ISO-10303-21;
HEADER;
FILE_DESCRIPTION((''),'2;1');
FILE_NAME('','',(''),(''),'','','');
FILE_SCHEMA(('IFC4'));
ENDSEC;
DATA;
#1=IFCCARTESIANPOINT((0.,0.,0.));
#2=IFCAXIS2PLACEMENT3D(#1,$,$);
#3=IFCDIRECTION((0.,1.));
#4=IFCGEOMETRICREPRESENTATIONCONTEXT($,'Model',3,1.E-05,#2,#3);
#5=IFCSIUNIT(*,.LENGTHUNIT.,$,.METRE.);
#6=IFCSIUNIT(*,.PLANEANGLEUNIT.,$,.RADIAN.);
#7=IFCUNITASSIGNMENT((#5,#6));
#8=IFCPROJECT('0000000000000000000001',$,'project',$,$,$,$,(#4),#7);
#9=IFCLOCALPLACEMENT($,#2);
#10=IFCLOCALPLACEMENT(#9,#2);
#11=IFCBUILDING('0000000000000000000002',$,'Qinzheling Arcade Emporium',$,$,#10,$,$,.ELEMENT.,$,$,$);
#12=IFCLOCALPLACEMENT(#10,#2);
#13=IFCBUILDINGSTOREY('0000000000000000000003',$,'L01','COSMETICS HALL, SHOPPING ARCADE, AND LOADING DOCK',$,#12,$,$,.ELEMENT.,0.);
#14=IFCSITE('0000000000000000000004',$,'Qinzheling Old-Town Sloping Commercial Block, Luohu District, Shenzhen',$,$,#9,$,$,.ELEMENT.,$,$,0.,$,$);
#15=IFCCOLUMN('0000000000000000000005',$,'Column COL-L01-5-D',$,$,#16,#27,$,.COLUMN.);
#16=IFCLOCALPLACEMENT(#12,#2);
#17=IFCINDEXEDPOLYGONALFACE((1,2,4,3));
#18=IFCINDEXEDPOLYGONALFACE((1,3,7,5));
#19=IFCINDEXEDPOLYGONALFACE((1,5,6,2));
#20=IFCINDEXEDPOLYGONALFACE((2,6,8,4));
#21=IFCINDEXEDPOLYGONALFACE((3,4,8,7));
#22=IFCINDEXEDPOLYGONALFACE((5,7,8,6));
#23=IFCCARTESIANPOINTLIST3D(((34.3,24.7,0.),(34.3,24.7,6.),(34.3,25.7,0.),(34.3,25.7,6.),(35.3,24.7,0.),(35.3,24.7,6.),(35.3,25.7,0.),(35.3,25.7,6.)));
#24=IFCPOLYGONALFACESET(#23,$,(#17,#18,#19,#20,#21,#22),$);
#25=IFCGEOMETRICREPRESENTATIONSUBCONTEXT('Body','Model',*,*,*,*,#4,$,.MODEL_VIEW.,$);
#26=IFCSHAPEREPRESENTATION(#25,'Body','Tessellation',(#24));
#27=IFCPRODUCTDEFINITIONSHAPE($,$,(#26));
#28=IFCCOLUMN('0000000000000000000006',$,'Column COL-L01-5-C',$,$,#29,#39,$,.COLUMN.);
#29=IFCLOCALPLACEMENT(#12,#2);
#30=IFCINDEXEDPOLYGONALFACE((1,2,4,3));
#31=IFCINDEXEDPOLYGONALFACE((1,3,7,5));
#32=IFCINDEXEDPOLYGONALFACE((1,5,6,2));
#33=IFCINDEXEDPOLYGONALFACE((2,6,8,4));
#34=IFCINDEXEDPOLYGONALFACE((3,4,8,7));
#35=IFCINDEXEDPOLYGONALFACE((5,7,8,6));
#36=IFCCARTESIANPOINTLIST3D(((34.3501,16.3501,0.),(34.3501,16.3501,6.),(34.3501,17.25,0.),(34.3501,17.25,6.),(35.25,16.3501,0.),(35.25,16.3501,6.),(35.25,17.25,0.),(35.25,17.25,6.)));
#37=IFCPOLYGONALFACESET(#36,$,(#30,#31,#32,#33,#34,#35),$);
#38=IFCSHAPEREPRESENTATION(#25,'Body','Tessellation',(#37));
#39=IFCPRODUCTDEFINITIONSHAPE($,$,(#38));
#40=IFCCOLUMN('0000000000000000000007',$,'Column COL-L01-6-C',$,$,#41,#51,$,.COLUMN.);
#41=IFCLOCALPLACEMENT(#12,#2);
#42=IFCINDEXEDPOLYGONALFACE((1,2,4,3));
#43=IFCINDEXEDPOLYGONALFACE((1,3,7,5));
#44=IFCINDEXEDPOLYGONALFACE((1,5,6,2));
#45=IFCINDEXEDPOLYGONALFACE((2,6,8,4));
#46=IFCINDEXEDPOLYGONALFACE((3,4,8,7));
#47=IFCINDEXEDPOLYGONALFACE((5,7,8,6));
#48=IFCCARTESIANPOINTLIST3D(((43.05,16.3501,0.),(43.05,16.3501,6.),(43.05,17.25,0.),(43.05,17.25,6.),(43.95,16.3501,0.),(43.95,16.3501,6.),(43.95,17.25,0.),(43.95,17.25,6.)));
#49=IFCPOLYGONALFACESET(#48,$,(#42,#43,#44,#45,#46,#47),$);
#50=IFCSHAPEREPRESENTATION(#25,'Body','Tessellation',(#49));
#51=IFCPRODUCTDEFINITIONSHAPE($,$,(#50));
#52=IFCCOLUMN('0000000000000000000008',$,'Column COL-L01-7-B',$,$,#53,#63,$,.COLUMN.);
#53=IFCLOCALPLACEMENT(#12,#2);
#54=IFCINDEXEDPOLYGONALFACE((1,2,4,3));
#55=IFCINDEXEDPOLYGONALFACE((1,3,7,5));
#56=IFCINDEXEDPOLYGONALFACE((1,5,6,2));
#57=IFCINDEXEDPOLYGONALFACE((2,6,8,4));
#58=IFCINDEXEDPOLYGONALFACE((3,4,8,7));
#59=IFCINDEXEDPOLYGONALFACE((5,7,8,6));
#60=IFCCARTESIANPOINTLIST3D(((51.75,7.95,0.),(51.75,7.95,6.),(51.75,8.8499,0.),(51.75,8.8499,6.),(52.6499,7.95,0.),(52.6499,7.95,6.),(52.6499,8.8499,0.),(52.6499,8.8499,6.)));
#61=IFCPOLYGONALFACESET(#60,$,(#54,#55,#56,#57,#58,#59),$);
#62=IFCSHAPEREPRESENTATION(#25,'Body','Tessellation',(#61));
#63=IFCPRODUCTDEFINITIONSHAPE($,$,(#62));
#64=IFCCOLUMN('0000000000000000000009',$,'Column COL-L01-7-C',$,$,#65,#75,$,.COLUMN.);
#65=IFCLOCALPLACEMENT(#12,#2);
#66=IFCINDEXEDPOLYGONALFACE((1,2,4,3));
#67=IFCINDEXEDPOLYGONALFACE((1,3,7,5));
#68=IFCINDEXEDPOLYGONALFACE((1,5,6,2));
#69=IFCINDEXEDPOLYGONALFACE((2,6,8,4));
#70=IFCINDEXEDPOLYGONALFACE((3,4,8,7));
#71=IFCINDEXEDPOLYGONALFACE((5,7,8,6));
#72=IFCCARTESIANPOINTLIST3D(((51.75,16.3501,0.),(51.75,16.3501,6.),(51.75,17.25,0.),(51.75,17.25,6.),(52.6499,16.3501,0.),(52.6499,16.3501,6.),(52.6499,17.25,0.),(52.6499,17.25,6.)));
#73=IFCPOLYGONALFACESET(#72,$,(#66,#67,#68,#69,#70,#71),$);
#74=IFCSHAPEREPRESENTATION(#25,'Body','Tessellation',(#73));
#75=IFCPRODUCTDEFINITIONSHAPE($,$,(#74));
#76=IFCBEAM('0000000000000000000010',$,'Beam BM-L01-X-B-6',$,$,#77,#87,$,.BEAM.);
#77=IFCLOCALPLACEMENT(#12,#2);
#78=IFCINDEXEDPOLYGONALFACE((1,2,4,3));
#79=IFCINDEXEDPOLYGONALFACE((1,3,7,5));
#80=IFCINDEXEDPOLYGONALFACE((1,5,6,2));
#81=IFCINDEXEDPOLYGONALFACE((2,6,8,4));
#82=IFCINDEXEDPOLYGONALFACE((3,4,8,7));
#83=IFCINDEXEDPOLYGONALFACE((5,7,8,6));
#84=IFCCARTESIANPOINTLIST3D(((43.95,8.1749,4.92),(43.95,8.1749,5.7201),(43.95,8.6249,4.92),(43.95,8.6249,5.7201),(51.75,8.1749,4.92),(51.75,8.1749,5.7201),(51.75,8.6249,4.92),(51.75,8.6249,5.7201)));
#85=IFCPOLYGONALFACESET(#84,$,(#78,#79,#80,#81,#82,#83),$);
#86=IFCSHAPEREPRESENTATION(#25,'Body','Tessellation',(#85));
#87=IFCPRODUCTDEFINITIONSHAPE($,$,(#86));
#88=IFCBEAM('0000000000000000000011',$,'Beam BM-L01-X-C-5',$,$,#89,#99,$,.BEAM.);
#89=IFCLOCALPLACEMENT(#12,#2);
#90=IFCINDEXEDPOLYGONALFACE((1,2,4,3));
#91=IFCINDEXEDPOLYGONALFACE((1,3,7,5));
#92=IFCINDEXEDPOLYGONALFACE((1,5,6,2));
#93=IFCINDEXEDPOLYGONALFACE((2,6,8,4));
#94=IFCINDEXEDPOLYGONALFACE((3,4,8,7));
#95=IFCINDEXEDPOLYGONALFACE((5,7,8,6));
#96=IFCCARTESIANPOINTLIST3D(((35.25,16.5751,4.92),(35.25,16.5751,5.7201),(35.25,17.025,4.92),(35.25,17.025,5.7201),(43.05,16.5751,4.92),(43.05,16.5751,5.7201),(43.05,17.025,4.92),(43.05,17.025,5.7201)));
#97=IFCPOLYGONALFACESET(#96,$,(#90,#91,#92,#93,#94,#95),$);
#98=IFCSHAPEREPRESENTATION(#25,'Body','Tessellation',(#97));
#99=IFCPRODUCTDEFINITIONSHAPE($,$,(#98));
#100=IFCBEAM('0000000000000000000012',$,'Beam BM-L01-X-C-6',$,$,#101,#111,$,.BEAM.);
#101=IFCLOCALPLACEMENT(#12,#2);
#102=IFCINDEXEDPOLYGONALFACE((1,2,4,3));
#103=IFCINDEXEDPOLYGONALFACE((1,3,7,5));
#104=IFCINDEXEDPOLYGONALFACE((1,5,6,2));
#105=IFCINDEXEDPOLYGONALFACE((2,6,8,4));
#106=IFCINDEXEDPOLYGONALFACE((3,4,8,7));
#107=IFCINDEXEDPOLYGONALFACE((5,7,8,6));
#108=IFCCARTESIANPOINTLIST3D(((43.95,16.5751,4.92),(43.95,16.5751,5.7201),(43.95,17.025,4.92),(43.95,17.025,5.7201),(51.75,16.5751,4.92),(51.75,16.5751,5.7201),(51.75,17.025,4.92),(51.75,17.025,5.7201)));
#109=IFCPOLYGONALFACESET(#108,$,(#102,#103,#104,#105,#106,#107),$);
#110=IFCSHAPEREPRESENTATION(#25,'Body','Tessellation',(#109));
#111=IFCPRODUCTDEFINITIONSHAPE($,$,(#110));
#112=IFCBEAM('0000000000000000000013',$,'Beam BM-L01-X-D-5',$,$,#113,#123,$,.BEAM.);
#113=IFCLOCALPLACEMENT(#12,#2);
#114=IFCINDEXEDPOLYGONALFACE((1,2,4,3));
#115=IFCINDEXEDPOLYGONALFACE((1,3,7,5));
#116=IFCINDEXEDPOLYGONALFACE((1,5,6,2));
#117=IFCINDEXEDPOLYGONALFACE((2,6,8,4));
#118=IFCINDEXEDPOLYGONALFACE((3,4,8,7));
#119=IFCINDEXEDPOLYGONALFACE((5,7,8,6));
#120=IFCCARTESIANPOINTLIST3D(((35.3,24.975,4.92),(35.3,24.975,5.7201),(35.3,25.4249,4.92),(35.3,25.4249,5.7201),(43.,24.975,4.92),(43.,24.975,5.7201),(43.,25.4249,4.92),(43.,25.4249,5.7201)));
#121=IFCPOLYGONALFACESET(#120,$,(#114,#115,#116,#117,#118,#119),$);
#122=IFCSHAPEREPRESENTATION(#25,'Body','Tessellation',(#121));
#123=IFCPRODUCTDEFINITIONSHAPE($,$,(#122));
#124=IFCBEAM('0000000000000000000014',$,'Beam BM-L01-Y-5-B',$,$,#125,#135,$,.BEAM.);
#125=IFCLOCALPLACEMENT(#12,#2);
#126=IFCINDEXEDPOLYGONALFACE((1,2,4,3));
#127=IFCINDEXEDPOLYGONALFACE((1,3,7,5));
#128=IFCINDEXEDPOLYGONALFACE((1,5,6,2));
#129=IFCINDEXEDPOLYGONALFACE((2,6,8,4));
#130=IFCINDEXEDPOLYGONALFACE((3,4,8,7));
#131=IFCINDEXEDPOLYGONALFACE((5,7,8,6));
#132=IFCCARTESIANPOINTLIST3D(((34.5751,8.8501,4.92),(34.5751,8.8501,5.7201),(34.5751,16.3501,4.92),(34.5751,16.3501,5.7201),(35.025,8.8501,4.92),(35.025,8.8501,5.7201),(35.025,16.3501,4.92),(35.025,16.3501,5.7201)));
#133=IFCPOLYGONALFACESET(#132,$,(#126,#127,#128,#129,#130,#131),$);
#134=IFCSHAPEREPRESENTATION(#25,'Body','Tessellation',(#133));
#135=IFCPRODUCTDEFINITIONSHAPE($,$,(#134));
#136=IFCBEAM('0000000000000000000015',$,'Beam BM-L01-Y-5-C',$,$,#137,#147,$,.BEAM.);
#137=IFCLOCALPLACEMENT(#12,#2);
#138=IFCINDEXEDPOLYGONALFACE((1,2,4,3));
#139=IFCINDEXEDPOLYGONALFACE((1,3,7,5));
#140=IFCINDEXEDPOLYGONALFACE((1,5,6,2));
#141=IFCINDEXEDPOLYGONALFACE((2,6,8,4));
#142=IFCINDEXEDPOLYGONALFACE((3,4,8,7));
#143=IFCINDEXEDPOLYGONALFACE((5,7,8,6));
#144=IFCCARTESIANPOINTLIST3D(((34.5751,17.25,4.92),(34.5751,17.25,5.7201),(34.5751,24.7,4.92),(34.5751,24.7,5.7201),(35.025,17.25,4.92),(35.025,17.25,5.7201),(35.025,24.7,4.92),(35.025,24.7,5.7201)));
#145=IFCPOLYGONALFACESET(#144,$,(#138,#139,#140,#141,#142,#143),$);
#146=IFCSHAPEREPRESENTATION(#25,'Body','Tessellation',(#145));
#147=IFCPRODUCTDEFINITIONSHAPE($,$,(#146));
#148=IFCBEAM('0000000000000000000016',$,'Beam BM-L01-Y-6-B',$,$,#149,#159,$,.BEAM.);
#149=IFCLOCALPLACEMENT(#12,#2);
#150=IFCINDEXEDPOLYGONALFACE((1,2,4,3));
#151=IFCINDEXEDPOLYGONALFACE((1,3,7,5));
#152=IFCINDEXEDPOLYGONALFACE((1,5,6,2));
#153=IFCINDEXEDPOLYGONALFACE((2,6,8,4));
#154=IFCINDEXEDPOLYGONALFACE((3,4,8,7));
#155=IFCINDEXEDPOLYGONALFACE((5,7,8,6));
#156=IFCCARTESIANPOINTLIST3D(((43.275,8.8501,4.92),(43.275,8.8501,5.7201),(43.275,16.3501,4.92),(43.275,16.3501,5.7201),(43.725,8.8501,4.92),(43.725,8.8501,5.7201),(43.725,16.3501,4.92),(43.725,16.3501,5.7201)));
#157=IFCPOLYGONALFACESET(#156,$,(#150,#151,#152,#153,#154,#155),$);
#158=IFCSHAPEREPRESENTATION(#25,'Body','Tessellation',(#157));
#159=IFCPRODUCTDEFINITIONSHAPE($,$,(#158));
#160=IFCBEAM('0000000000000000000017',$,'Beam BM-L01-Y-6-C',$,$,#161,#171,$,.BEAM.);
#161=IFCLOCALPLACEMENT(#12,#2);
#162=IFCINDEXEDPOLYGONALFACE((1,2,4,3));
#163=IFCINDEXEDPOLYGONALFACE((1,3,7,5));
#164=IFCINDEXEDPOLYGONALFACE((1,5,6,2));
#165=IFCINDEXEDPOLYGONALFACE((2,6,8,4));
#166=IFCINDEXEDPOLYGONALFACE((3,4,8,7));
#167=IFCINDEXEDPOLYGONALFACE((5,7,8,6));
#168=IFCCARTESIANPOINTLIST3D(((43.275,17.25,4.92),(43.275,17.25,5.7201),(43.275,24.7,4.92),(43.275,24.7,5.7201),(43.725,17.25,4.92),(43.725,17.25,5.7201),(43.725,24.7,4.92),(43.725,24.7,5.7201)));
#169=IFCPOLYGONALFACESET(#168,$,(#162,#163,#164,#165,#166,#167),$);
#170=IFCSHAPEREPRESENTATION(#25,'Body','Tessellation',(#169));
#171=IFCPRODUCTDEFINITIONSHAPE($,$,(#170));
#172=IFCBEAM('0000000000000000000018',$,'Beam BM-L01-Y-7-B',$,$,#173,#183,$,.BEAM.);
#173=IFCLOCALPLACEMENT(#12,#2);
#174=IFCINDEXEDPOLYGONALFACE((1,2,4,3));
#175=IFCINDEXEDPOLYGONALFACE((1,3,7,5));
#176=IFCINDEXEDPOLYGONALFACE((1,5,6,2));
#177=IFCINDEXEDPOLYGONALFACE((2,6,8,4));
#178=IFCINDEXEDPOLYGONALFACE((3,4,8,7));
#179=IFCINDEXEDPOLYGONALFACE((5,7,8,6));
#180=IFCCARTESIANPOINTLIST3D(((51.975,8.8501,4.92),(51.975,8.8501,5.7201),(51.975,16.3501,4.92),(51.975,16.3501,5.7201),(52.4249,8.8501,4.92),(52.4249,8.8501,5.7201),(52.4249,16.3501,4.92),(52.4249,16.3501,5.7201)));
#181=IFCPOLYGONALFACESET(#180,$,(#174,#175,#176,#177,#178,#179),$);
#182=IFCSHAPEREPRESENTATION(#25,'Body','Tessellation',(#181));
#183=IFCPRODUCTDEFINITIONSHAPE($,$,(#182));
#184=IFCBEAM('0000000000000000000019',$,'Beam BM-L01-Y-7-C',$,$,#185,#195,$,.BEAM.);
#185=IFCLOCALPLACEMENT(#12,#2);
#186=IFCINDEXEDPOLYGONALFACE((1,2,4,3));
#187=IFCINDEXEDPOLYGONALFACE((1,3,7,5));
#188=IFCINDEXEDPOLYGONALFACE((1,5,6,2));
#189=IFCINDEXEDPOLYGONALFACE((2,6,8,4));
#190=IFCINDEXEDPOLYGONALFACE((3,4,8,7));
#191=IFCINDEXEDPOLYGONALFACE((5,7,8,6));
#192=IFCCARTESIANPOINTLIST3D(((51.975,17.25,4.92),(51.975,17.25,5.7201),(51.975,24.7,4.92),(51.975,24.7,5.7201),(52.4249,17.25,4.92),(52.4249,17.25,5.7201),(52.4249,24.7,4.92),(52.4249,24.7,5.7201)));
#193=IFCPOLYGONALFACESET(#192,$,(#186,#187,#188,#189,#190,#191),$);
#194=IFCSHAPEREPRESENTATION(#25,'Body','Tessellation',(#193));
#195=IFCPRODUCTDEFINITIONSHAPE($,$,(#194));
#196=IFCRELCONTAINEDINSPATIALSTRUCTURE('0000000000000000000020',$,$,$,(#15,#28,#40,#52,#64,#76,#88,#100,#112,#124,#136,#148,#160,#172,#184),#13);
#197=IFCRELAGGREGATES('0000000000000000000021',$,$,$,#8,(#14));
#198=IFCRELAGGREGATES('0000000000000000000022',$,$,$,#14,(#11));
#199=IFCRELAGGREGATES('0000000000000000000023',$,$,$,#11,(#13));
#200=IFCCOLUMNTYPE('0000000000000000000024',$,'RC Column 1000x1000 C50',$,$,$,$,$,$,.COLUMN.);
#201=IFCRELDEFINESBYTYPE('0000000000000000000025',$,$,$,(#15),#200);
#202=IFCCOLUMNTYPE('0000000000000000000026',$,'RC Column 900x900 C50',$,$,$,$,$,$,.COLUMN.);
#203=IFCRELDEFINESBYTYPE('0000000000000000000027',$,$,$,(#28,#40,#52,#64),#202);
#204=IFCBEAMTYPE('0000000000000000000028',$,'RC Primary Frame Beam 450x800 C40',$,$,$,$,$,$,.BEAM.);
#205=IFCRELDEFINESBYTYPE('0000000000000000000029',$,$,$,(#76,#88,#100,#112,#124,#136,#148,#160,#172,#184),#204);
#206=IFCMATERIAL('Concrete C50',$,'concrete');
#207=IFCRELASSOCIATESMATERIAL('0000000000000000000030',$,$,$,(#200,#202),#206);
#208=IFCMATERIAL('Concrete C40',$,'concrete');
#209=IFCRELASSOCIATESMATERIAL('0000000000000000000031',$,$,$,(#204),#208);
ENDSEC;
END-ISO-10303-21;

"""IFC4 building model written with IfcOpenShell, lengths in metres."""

from ifc_helpers import new_model, si_unit, direction, frame, origin, origin_2d, place, context, subcontext, project, spatial, rectangle, extrude, material, material_profile, profile_set, type_object, element, save


model = new_model("IFC4")

# Units and contexts
model_context = context("Model", 3, precision=1e-05, world=origin(), true_north=direction((0.0, 1.0)))
body_context = subcontext(model_context, "Body", "Model", "MODEL_VIEW")
ifc_project = project(units=[si_unit("LENGTHUNIT", "METRE"), si_unit("PLANEANGLEUNIT", "RADIAN")], contexts=[model_context])

# Site, building, storey
site_placement = place(None, origin())
site = spatial("IfcSite", under=ifc_project, at=site_placement, Name="Qinzheling Old-Town Sloping Commercial Block, Luohu District, Shenzhen", CompositionType="ELEMENT", RefElevation=0.0)
building_placement = place(site_placement, origin())
building = spatial("IfcBuilding", under=site, at=building_placement, Name="Qinzheling Arcade Emporium", CompositionType="ELEMENT")
storey_placement = place(building_placement, origin())
storey = spatial("IfcBuildingStorey", under=building, at=storey_placement, Name="L01", Description="COSMETICS HALL, SHOPPING ARCADE, AND LOADING DOCK", CompositionType="ELEMENT", Elevation=0.0)

# Columns
ifc_material_1 = material(Name="Concrete C50", Category="concrete")
ifc_material_profile_1 = material_profile(ifc_material_1, rectangle(XDim=1.0, YDim=1.0, at=origin_2d()), Name="RC 1000x1000", Category="concrete")
ifc_profile_set_1 = profile_set([ifc_material_profile_1], Name="Concrete C50")
column_type_1 = type_object("IfcColumnType", Name="RC Column 1000x1000 C50", PredefinedType="COLUMN", material=ifc_profile_set_1)
column_placement = place(storey_placement, frame((34.8, 25.2, 0.0), z_axis=(0.0, 0.0, 1.0), x_axis=(1.0, 0.0, 0.0)))
element("IfcColumn", 1, at=column_placement, inside=storey, type_object=column_type_1, Name="Column COL-L01-5-D", PredefinedType="COLUMN", context=body_context, shape_type="SweptSolid", body=[
    extrude(rectangle(XDim=1.0, YDim=1.0, at=origin_2d()), origin(), (0.0, 0.0, 1.0), 6.0),
])
ifc_material_profile_2 = material_profile(ifc_material_1, rectangle(XDim=0.8999, YDim=0.8999, at=origin_2d()), Name="RC 900x900", Category="concrete")
ifc_profile_set_2 = profile_set([ifc_material_profile_2], Name="Concrete C50")
column_type_2 = type_object("IfcColumnType", Name="RC Column 900x900 C50", PredefinedType="COLUMN", material=ifc_profile_set_2)
for number, where, z_axis, x_axis, name in (
    (2, (34.8, 16.8, 0.0), (0.0, 0.0, 1.0), (1.0, 0.0, 0.0), "Column COL-L01-5-C"),
    (3, (43.5, 16.8, 0.0), (0.0, 0.0, 1.0), (1.0, 0.0, 0.0), "Column COL-L01-6-C"),
    (4, (52.2, 8.3999, 0.0), (0.0, 0.0, 1.0), (1.0, 0.0, 0.0), "Column COL-L01-7-B"),
    (5, (52.2, 16.8, 0.0), (0.0, 0.0, 1.0), (1.0, 0.0, 0.0), "Column COL-L01-7-C"),
):
    element("IfcColumn", number, at=place(storey_placement, frame(where, z_axis=z_axis, x_axis=x_axis)), inside=storey, type_object=column_type_2, Name=name, PredefinedType="COLUMN", context=body_context, shape_type="SweptSolid", body=[
        extrude(rectangle(XDim=0.8999, YDim=0.8999, at=origin_2d()), origin(), (0.0, 0.0, 1.0), 6.0),
    ])

# Beams
ifc_material_2 = material(Name="Concrete C40", Category="concrete")
ifc_material_profile_3 = material_profile(ifc_material_2, rectangle(XDim=0.45, YDim=0.8, at=origin_2d()), Name="RC 450x800", Category="concrete")
ifc_profile_set_3 = profile_set([ifc_material_profile_3], Name="Concrete C40")
beam_type = type_object("IfcBeamType", Name="RC Primary Frame Beam 450x800 C40", PredefinedType="BEAM", material=ifc_profile_set_3)
for number, where, z_axis, x_axis, name in (
    (6, (43.95, 8.3999, 5.3201), (1.0, 0.0, 0.0), (0.0, 1.0, 0.0), "Beam BM-L01-X-B-6"),
    (7, (35.25, 16.8, 5.3201), (1.0, 0.0, 0.0), (0.0, 1.0, 0.0), "Beam BM-L01-X-C-5"),
    (8, (43.95, 16.8, 5.3201), (1.0, 0.0, 0.0), (0.0, 1.0, 0.0), "Beam BM-L01-X-C-6"),
):
    element("IfcBeam", number, at=place(storey_placement, frame(where, z_axis=z_axis, x_axis=x_axis)), inside=storey, type_object=beam_type, Name=name, PredefinedType="BEAM", context=body_context, shape_type="SweptSolid", body=[
        extrude(rectangle(XDim=0.45, YDim=0.8, at=origin_2d()), origin(), (0.0, 0.0, 1.0), 7.8),
    ])
beam_1_placement = place(storey_placement, frame((35.3, 25.2, 5.3201), z_axis=(1.0, 0.0, 0.0), x_axis=(0.0, 1.0, 0.0)))
element("IfcBeam", 9, at=beam_1_placement, inside=storey, type_object=beam_type, Name="Beam BM-L01-X-D-5", PredefinedType="BEAM", context=body_context, shape_type="SweptSolid", body=[
    extrude(rectangle(XDim=0.45, YDim=0.8, at=origin_2d()), origin(), (0.0, 0.0, 1.0), 7.7),
])
beam_2_placement = place(storey_placement, frame((34.8, 8.8501, 5.3201), z_axis=(0.0, 1.0, 0.0), x_axis=(-1.0, 0.0, 0.0)))
element("IfcBeam", 10, at=beam_2_placement, inside=storey, type_object=beam_type, Name="Beam BM-L01-Y-5-B", PredefinedType="BEAM", context=body_context, shape_type="SweptSolid", body=[
    extrude(rectangle(XDim=0.45, YDim=0.8, at=origin_2d()), origin(), (0.0, 0.0, 1.0), 7.5),
])
beam_3_placement = place(storey_placement, frame((34.8, 17.25, 5.3201), z_axis=(0.0, 1.0, 0.0), x_axis=(-1.0, 0.0, 0.0)))
element("IfcBeam", 11, at=beam_3_placement, inside=storey, type_object=beam_type, Name="Beam BM-L01-Y-5-C", PredefinedType="BEAM", context=body_context, shape_type="SweptSolid", body=[
    extrude(rectangle(XDim=0.45, YDim=0.8, at=origin_2d()), origin(), (0.0, 0.0, 1.0), 7.45),
])
beam_4_placement = place(storey_placement, frame((43.5, 8.8501, 5.3201), z_axis=(0.0, 1.0, 0.0), x_axis=(-1.0, 0.0, 0.0)))
element("IfcBeam", 12, at=beam_4_placement, inside=storey, type_object=beam_type, Name="Beam BM-L01-Y-6-B", PredefinedType="BEAM", context=body_context, shape_type="SweptSolid", body=[
    extrude(rectangle(XDim=0.45, YDim=0.8, at=origin_2d()), origin(), (0.0, 0.0, 1.0), 7.5),
])
beam_5_placement = place(storey_placement, frame((43.5, 17.25, 5.3201), z_axis=(0.0, 1.0, 0.0), x_axis=(-1.0, 0.0, 0.0)))
element("IfcBeam", 13, at=beam_5_placement, inside=storey, type_object=beam_type, Name="Beam BM-L01-Y-6-C", PredefinedType="BEAM", context=body_context, shape_type="SweptSolid", body=[
    extrude(rectangle(XDim=0.45, YDim=0.8, at=origin_2d()), origin(), (0.0, 0.0, 1.0), 7.45),
])
beam_6_placement = place(storey_placement, frame((52.2, 8.8501, 5.3201), z_axis=(0.0, 1.0, 0.0), x_axis=(-1.0, 0.0, 0.0)))
element("IfcBeam", 14, at=beam_6_placement, inside=storey, type_object=beam_type, Name="Beam BM-L01-Y-7-B", PredefinedType="BEAM", context=body_context, shape_type="SweptSolid", body=[
    extrude(rectangle(XDim=0.45, YDim=0.8, at=origin_2d()), origin(), (0.0, 0.0, 1.0), 7.5),
])
beam_7_placement = place(storey_placement, frame((52.2, 17.25, 5.3201), z_axis=(0.0, 1.0, 0.0), x_axis=(-1.0, 0.0, 0.0)))
element("IfcBeam", 15, at=beam_7_placement, inside=storey, type_object=beam_type, Name="Beam BM-L01-Y-7-C", PredefinedType="BEAM", context=body_context, shape_type="SweptSolid", body=[
    extrude(rectangle(XDim=0.45, YDim=0.8, at=origin_2d()), origin(), (0.0, 0.0, 1.0), 7.45),
])

save(model, "model.ifc")
